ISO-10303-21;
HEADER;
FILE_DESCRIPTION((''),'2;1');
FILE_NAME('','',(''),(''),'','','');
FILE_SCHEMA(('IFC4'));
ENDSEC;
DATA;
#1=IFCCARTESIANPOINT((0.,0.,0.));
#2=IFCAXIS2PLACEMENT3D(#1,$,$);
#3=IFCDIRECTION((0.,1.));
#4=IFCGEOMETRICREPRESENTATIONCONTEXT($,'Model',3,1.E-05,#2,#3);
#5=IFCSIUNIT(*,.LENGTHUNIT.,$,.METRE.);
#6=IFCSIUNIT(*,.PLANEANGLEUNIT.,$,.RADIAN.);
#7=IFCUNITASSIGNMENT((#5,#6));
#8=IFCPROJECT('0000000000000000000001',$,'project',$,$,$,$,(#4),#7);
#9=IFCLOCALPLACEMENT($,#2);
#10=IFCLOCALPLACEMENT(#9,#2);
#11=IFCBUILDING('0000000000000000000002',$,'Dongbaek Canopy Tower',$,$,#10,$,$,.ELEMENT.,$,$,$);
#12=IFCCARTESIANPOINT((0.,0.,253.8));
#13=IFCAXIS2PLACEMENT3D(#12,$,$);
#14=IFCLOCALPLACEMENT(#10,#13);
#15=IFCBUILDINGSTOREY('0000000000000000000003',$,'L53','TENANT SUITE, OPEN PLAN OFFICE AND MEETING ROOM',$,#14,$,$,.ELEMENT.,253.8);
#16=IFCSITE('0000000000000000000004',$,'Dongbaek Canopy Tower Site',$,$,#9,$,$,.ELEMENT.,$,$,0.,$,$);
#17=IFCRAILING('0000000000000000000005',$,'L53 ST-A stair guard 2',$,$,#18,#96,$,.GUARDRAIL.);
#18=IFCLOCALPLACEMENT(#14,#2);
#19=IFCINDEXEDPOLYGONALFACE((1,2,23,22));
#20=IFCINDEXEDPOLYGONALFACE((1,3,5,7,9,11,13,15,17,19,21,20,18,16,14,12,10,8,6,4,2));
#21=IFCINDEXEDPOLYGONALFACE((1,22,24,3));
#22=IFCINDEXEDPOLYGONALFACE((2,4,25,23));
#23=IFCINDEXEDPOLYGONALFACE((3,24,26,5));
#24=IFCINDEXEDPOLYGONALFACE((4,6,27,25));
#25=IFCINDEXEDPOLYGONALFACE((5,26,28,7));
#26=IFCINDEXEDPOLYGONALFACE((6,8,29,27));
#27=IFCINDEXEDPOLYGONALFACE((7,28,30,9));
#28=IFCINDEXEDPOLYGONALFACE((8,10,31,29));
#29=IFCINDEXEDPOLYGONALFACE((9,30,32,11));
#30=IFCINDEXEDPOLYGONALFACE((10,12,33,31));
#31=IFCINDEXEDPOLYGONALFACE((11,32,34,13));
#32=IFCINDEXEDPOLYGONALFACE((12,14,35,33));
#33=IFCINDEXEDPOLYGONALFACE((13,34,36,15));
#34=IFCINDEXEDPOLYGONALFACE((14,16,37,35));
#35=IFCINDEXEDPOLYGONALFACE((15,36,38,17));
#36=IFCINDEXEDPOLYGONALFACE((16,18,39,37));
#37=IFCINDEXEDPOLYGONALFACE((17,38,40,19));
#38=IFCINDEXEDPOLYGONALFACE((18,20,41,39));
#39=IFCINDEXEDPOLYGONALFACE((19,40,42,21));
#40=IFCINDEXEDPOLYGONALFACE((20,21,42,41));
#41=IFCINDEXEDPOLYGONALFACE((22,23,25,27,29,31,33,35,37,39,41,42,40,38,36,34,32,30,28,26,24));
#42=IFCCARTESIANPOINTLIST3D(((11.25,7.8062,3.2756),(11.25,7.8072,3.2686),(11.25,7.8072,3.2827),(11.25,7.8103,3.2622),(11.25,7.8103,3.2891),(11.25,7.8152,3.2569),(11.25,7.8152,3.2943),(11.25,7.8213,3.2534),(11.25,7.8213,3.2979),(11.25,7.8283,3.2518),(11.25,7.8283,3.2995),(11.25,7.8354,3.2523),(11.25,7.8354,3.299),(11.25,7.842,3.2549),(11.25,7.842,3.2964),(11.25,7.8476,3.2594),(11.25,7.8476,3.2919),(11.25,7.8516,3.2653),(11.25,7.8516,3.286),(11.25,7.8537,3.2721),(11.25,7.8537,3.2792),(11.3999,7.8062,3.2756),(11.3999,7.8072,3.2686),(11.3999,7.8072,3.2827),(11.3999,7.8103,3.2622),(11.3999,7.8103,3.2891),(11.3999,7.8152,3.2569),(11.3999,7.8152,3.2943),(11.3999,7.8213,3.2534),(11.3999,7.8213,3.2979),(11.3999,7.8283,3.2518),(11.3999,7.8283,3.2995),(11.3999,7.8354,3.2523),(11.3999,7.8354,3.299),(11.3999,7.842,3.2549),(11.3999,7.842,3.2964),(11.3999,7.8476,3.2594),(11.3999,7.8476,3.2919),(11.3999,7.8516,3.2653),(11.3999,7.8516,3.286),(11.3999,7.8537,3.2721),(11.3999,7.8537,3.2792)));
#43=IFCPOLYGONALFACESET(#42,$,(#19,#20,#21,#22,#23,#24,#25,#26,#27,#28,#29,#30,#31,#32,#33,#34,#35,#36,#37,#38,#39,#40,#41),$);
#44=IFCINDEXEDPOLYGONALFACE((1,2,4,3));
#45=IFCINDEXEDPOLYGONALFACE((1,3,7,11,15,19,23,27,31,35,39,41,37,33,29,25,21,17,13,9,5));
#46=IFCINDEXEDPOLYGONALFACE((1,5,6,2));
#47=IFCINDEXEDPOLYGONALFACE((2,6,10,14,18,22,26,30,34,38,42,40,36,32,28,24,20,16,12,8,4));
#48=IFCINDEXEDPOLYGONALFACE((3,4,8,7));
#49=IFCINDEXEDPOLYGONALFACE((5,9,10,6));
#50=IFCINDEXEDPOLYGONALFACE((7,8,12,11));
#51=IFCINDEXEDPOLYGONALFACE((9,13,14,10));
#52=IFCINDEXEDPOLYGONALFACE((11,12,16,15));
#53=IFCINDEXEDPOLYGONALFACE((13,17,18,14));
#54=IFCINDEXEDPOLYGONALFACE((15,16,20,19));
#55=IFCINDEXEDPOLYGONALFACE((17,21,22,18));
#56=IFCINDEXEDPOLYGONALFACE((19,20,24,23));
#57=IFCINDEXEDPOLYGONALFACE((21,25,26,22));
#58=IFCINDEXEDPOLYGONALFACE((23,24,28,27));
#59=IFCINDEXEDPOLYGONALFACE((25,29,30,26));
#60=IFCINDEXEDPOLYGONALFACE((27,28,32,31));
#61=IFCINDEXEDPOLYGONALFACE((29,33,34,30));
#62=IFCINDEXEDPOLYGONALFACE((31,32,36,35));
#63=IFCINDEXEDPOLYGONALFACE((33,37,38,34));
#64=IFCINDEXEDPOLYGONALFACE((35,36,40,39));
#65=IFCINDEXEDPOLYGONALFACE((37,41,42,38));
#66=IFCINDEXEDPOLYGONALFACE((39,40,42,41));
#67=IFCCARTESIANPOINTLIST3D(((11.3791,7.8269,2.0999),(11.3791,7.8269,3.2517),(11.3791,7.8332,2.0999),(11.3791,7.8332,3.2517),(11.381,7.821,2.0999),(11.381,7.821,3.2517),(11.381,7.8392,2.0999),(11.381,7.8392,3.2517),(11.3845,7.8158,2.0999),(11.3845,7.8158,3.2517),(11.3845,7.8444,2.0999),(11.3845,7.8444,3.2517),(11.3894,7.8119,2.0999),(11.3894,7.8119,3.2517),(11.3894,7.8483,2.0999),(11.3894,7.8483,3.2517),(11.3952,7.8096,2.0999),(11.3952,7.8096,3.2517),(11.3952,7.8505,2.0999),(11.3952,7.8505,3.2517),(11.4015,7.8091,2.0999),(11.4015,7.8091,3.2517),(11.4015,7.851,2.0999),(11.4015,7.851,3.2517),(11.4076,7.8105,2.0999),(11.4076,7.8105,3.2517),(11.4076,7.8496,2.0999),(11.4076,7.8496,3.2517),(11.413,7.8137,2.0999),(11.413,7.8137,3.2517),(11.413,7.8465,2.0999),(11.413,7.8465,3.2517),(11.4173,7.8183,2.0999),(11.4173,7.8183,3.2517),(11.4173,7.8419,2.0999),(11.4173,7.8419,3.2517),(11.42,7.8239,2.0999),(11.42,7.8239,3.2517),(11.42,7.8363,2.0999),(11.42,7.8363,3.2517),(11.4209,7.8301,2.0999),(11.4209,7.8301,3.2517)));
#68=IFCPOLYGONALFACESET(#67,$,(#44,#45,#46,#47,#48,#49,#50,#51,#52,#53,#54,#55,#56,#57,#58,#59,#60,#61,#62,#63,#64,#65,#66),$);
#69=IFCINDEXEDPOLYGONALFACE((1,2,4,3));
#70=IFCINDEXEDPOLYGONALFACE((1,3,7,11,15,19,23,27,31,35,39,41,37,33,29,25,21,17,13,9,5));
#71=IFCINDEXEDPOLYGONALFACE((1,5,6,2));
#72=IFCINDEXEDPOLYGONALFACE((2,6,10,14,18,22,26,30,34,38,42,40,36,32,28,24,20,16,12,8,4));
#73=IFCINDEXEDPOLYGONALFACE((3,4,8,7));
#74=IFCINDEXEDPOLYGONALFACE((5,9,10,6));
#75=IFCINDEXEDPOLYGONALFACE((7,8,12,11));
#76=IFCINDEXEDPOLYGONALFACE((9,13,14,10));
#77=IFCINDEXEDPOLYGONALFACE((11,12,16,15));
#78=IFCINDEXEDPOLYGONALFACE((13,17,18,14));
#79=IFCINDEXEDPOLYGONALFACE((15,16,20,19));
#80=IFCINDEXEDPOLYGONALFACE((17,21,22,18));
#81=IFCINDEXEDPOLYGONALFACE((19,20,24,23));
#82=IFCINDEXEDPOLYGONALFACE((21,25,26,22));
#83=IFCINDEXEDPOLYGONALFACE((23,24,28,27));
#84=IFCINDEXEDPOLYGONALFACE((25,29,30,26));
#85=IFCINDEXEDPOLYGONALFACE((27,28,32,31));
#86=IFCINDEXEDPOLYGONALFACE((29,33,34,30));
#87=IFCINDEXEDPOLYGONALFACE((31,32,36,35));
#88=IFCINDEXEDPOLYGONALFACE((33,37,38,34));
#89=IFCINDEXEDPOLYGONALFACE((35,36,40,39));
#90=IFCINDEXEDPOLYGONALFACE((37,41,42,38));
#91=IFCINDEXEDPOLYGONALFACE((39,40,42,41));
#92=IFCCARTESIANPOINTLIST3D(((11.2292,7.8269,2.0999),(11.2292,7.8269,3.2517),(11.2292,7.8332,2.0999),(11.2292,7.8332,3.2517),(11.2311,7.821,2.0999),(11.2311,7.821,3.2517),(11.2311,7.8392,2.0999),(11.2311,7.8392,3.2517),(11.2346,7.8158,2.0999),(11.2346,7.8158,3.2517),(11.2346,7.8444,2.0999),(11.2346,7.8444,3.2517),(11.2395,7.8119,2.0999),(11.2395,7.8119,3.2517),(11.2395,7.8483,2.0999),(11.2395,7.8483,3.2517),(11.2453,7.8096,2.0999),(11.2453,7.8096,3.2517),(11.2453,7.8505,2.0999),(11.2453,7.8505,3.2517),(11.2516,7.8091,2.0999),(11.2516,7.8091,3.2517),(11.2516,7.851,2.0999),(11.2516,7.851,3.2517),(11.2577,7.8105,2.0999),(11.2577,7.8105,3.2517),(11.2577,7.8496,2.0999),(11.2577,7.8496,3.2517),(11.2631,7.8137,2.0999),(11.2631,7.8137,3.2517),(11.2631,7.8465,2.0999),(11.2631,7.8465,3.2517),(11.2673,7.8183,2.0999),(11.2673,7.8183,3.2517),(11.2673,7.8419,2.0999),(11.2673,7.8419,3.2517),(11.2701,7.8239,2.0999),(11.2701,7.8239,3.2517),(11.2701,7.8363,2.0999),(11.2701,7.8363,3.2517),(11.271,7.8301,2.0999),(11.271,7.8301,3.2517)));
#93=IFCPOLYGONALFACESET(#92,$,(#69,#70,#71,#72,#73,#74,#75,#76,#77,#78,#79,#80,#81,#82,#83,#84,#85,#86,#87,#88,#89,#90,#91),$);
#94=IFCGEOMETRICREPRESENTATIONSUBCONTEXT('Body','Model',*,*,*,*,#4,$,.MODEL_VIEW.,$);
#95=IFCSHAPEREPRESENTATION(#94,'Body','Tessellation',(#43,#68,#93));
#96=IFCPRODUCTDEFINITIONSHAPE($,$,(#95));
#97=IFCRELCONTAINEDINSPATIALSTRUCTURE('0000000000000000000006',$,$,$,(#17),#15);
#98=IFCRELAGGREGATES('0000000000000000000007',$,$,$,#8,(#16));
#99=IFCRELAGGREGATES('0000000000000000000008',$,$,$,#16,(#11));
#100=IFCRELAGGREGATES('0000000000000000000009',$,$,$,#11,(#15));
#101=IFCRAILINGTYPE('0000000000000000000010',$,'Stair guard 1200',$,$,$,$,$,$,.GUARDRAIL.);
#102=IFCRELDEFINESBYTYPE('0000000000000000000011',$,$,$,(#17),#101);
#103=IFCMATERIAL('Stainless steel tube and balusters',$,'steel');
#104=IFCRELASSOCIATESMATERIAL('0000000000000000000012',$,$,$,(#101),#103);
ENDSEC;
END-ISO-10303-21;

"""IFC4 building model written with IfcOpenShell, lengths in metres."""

from ifc_helpers import new_model, si_unit, direction, frame, origin, origin_2d, place, context, subcontext, project, spatial, circle, extrude, material, type_object, element, save


model = new_model("IFC4")

# Units and contexts
model_context = context("Model", 3, precision=1e-05, world=origin(), true_north=direction((0.0, 1.0)))
body_context = subcontext(model_context, "Body", "Model", "MODEL_VIEW")
ifc_project = project(units=[si_unit("LENGTHUNIT", "METRE"), si_unit("PLANEANGLEUNIT", "RADIAN")], contexts=[model_context])

# Site, building, storey
site_placement = place(None, origin())
site = spatial("IfcSite", under=ifc_project, at=site_placement, Name="Dongbaek Canopy Tower Site", CompositionType="ELEMENT", RefElevation=0.0)
building_placement = place(site_placement, origin())
building = spatial("IfcBuilding", under=site, at=building_placement, Name="Dongbaek Canopy Tower", CompositionType="ELEMENT")
storey_placement = place(building_placement, frame((0.0, 0.0, 253.8)))
storey = spatial("IfcBuildingStorey", under=building, at=storey_placement, Name="L53", Description="TENANT SUITE, OPEN PLAN OFFICE AND MEETING ROOM", CompositionType="ELEMENT", Elevation=253.8)

# Railing
ifc_material_1 = material(Name="Stainless steel tube and balusters", Category="steel")
railing_type_1 = type_object("IfcRailingType", Name="Stair guard 1200", PredefinedType="GUARDRAIL", material=ifc_material_1)
railing_1_placement = place(storey_placement, frame((11.3999, 7.8301, 2.0999)))
element("IfcRailing", 1, at=railing_1_placement, inside=storey, type_object=railing_type_1, Name="L53 ST-A stair guard 2", PredefinedType="GUARDRAIL", context=body_context, shape_type="SweptSolid", body=[
    extrude(circle(Radius=0.0239, at=origin_2d()), frame((0.0, 0.0, 1.1758), z_axis=(-1.0, 0.0, 0.0), x_axis=(0.0, -1.0, 0.0)), (0.0, 0.0, 1.0), 0.1499),
    extrude(circle(Radius=0.021, at=origin_2d()), origin(), (0.0, 0.0, 1.0), 1.1519),
    extrude(circle(Radius=0.021, at=origin_2d()), frame((-0.1499, 0.0, 0.0)), (0.0, 0.0, 1.0), 1.1519),
])

save(model, "model.ifc")
